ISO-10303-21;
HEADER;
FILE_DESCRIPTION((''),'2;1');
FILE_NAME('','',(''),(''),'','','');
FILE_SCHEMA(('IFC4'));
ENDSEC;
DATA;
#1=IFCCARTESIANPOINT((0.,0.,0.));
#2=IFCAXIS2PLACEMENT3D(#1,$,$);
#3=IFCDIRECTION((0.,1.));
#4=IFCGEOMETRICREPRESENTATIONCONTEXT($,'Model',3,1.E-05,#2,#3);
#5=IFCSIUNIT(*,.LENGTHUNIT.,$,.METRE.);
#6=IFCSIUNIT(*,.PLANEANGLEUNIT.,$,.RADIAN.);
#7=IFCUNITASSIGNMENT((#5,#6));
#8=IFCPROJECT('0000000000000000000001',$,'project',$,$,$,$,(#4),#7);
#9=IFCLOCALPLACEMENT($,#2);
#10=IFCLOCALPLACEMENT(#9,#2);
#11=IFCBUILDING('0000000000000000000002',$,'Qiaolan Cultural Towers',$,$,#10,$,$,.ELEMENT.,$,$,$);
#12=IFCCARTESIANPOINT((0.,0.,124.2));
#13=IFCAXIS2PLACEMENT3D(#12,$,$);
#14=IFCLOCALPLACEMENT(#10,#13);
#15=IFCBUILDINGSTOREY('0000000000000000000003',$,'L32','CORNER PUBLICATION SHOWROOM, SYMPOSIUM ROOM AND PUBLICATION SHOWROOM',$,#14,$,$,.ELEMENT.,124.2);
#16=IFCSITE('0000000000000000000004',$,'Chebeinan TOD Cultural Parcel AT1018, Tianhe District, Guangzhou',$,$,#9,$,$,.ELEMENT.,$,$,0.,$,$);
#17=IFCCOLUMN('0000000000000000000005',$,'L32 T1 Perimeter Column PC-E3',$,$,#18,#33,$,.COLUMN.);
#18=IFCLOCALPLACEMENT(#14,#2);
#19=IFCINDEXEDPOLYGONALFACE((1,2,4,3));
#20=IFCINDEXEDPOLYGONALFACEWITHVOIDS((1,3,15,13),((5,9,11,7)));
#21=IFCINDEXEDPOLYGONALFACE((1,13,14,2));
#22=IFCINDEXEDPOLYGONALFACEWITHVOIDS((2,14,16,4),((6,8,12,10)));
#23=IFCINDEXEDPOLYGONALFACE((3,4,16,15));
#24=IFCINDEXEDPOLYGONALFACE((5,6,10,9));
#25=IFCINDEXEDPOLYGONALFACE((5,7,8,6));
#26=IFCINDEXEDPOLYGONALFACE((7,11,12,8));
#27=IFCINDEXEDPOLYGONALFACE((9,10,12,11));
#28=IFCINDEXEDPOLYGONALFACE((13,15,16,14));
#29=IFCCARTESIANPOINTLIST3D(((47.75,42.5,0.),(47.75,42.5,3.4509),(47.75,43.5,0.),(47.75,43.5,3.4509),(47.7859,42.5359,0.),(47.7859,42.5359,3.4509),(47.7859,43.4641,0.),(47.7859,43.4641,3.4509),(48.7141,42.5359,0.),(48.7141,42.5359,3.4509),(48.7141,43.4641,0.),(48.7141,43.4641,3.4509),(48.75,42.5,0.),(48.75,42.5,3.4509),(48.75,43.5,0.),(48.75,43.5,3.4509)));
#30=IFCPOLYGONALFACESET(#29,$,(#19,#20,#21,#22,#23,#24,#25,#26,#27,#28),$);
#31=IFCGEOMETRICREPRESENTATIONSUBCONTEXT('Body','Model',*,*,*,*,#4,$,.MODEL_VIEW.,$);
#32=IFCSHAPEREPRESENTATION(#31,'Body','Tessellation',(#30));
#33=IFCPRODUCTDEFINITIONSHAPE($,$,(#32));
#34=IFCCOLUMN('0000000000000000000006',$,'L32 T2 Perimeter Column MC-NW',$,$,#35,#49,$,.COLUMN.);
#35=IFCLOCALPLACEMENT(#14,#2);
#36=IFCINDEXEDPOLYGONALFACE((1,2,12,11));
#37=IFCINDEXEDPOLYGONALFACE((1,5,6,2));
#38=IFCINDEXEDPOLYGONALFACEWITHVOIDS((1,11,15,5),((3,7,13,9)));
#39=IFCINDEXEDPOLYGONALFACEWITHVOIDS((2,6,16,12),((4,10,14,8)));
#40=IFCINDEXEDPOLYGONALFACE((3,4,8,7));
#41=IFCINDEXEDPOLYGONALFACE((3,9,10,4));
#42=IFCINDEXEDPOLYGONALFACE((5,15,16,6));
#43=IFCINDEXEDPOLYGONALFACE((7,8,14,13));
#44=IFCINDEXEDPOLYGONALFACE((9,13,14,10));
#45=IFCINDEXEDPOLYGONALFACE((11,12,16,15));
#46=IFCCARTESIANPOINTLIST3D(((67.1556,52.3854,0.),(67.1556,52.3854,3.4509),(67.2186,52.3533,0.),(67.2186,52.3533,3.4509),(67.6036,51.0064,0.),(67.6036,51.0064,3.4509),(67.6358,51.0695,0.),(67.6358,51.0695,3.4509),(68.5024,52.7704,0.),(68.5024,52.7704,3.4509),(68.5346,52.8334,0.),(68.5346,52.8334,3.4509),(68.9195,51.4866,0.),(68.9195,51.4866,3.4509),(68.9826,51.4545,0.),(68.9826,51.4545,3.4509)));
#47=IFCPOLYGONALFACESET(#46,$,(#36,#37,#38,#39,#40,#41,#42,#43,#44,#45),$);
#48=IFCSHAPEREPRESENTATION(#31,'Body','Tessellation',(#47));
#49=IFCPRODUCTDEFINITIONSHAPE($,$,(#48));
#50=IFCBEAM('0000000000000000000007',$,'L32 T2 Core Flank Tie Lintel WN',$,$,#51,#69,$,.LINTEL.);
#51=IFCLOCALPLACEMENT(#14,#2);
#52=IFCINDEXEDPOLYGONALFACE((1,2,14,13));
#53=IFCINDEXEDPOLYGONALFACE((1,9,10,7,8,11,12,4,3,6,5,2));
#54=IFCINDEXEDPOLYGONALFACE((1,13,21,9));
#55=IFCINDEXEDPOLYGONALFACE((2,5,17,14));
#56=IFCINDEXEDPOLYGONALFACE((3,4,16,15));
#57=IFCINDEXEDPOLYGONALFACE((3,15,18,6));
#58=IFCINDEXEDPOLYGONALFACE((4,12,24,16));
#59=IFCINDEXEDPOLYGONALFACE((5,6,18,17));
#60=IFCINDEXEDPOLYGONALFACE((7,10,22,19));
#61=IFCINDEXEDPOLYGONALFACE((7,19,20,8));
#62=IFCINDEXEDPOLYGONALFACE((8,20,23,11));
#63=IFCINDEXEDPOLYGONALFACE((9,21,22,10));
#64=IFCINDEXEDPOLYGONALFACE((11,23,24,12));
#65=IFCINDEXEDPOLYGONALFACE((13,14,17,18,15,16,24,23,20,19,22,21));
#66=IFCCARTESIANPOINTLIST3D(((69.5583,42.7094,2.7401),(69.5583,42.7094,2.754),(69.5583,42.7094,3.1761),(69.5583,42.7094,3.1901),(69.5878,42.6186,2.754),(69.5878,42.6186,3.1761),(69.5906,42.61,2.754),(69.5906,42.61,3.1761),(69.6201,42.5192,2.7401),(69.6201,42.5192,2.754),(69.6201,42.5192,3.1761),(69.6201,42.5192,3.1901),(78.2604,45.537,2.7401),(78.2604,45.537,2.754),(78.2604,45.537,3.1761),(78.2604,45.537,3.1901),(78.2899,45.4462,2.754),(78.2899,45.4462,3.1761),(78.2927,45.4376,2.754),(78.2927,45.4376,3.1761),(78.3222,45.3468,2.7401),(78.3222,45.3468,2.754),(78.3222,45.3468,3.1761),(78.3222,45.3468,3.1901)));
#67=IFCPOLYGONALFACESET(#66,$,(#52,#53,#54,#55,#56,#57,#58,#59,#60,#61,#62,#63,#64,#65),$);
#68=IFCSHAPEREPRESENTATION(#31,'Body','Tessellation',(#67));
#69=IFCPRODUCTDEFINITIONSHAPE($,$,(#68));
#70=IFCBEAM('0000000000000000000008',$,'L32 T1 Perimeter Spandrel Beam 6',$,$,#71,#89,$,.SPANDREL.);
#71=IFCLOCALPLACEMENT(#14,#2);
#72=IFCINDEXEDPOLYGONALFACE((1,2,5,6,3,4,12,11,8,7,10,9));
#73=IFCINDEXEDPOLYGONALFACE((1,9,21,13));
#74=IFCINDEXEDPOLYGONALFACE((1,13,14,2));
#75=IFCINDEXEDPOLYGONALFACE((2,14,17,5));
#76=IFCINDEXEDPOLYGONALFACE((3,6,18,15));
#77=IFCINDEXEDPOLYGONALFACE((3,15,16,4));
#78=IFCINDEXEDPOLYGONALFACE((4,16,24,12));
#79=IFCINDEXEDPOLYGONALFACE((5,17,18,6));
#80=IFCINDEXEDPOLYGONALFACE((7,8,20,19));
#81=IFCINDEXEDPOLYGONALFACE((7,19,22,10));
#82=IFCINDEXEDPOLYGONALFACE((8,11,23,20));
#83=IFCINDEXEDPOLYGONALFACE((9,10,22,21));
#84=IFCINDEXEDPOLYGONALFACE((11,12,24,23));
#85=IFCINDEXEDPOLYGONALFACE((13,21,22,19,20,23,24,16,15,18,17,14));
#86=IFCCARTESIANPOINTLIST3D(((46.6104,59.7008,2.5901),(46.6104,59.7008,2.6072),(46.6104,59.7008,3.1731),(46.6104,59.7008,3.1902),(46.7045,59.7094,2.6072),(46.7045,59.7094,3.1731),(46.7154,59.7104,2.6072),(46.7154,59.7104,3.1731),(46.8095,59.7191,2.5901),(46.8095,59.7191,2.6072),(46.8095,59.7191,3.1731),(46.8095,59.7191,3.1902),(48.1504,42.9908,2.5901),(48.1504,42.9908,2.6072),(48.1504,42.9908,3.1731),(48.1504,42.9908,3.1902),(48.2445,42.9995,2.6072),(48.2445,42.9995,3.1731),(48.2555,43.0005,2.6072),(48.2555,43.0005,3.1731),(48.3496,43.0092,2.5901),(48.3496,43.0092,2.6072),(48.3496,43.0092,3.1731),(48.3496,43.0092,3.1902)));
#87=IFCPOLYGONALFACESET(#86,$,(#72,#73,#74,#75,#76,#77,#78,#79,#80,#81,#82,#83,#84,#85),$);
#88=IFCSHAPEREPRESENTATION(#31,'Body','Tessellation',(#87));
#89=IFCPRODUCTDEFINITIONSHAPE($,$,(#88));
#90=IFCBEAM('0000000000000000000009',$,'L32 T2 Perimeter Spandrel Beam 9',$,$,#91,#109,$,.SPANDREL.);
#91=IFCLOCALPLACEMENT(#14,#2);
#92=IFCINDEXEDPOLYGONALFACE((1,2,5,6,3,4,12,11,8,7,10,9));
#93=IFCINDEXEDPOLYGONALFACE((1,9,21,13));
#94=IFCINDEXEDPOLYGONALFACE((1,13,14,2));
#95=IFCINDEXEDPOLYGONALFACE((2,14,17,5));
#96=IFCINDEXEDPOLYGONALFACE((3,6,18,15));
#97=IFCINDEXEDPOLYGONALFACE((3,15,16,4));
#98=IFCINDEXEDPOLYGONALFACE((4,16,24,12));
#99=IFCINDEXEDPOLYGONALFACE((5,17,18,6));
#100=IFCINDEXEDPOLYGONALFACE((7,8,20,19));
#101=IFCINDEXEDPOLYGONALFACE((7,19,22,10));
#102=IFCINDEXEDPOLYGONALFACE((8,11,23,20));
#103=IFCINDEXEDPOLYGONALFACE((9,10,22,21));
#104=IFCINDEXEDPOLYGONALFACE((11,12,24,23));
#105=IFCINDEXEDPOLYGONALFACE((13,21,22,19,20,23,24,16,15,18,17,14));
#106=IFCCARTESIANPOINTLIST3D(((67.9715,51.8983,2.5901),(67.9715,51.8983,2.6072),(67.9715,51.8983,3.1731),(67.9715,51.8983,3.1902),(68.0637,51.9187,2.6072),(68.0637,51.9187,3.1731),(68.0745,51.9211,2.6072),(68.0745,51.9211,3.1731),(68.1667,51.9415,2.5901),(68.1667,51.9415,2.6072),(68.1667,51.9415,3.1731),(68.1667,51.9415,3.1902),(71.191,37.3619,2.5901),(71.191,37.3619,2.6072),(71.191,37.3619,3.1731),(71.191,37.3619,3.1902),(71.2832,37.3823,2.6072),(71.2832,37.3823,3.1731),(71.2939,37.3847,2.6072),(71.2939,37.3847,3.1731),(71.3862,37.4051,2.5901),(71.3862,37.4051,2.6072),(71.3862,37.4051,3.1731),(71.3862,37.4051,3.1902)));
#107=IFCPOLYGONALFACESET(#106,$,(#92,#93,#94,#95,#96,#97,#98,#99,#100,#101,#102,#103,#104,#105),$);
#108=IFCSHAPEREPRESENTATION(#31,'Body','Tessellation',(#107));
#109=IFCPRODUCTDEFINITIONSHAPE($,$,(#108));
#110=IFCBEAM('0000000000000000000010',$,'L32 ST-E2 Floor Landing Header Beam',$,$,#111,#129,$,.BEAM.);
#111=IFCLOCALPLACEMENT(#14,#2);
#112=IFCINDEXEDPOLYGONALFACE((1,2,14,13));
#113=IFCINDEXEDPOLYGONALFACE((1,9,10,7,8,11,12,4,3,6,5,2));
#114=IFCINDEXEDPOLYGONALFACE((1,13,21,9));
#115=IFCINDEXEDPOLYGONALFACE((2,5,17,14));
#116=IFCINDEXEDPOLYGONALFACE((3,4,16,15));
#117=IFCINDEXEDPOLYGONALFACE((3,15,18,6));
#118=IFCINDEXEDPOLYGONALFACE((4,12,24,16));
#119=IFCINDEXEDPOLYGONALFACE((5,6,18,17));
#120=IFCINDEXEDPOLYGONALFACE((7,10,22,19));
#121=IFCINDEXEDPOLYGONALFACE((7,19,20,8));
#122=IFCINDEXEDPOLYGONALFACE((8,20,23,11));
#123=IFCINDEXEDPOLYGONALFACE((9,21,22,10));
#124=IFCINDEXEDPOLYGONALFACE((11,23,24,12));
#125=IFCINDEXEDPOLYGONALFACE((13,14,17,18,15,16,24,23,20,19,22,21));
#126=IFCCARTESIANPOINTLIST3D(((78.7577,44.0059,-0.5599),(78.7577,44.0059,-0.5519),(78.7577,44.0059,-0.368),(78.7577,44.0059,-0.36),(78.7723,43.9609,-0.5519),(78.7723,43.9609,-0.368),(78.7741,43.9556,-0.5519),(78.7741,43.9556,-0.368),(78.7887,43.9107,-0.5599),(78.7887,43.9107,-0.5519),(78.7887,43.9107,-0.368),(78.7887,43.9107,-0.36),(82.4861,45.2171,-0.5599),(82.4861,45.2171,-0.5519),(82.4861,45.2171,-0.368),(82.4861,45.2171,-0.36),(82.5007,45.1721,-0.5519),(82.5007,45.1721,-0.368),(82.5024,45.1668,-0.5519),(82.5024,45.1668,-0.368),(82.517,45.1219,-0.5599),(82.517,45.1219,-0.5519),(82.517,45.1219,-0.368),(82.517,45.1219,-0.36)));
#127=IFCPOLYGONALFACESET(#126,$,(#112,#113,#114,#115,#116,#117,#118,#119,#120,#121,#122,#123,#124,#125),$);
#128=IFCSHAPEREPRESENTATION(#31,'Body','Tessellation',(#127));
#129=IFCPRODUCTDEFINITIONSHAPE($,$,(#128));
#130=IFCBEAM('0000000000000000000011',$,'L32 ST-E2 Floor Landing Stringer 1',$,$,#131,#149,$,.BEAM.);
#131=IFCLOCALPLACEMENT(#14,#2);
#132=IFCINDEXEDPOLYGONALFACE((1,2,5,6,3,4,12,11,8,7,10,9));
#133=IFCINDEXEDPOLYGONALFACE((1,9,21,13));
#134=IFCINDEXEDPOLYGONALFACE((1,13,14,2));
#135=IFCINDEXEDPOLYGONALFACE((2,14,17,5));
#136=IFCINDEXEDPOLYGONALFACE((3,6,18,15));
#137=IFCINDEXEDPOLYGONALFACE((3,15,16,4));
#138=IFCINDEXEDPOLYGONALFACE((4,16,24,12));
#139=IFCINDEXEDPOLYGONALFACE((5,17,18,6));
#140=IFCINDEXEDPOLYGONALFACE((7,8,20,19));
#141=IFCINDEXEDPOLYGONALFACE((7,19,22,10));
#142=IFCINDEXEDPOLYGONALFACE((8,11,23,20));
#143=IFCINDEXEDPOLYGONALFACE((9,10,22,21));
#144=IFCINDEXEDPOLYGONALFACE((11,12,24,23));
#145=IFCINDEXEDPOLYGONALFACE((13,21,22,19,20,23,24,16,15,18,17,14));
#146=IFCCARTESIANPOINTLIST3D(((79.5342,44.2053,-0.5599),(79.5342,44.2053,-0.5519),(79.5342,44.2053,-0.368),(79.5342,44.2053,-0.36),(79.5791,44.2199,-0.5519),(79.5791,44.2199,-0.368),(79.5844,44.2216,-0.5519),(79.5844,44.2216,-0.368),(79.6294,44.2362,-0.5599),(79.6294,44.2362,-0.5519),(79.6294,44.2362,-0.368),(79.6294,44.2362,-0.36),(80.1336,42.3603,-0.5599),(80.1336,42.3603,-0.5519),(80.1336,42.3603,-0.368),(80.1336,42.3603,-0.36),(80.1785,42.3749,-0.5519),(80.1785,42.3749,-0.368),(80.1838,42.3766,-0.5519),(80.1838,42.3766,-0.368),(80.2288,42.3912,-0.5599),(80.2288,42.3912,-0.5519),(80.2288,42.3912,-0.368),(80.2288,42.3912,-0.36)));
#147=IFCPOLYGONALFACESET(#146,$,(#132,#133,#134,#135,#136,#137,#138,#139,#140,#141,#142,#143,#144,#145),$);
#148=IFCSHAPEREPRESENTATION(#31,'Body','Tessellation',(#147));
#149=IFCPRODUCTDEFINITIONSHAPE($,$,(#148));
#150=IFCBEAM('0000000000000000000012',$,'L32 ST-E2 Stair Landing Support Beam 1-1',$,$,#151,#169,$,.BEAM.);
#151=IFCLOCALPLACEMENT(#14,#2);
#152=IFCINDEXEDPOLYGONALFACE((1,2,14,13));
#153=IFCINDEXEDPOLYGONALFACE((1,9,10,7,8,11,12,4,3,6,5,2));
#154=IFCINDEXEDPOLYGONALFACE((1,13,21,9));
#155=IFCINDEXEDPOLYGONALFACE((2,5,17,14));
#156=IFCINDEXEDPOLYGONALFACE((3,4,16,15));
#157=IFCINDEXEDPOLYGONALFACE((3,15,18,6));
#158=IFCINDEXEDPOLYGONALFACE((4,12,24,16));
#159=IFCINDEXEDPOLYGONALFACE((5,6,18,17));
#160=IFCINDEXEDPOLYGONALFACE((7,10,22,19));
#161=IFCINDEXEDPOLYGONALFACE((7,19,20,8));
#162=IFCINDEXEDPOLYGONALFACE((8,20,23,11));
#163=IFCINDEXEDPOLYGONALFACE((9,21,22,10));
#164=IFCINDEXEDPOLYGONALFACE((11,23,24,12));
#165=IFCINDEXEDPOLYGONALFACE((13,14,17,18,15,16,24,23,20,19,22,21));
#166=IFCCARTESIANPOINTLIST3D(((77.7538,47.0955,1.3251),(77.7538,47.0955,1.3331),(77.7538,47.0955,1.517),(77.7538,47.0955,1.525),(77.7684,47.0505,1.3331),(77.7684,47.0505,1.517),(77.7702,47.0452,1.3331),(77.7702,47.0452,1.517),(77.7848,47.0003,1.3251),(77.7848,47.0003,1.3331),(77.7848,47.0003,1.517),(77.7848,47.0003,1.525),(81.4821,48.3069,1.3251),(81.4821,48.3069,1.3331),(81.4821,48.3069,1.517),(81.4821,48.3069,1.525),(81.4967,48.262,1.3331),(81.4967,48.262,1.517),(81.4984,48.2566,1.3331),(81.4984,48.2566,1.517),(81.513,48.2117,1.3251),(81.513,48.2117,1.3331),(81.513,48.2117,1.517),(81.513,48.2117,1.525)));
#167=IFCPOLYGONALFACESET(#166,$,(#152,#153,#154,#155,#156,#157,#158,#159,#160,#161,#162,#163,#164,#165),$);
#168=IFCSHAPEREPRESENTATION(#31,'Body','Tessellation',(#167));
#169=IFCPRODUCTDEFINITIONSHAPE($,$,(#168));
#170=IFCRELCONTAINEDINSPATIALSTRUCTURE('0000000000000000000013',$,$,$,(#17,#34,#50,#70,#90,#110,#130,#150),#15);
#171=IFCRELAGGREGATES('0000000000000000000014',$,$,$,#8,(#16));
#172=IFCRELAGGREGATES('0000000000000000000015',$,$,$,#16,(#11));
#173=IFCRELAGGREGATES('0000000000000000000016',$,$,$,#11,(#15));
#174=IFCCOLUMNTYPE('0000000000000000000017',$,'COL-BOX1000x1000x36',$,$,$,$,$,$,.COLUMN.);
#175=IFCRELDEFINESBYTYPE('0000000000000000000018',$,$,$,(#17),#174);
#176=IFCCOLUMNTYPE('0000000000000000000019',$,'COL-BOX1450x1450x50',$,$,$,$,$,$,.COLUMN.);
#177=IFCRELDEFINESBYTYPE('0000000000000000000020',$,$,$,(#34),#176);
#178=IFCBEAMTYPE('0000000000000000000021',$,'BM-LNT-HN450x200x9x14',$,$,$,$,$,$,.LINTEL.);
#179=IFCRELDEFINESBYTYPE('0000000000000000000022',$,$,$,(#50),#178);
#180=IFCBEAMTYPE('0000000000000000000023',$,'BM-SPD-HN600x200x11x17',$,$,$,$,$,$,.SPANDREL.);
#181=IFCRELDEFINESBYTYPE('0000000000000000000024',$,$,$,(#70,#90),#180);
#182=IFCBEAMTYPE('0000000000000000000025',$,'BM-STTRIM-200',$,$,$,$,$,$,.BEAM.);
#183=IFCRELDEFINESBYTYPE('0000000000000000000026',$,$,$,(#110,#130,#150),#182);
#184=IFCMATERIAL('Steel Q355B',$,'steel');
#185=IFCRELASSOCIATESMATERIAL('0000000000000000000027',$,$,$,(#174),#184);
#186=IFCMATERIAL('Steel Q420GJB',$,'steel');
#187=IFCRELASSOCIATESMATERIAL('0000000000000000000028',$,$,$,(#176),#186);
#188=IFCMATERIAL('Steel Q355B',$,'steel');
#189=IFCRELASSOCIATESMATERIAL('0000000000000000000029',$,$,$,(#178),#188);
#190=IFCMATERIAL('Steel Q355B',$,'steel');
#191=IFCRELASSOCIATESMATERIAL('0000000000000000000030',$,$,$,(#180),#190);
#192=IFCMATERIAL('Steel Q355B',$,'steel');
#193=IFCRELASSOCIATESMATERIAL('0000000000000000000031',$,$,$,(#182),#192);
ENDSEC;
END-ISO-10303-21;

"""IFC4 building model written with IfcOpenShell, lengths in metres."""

from ifc_helpers import new_model, si_unit, direction, frame, origin, origin_2d, place, context, subcontext, project, spatial, hollow_rectangle, i_section, extrude, material, material_profile, profile_set, type_object, element, save


model = new_model("IFC4")

# Units and contexts
model_context = context("Model", 3, precision=1e-05, world=origin(), true_north=direction((0.0, 1.0)))
body_context = subcontext(model_context, "Body", "Model", "MODEL_VIEW")
ifc_project = project(units=[si_unit("LENGTHUNIT", "METRE"), si_unit("PLANEANGLEUNIT", "RADIAN")], contexts=[model_context])

# Site, building, storey
site_placement = place(None, origin())
site = spatial("IfcSite", under=ifc_project, at=site_placement, Name="Chebeinan TOD Cultural Parcel AT1018, Tianhe District, Guangzhou", CompositionType="ELEMENT", RefElevation=0.0)
building_placement = place(site_placement, origin())
building = spatial("IfcBuilding", under=site, at=building_placement, Name="Qiaolan Cultural Towers", CompositionType="ELEMENT")
storey_placement = place(building_placement, frame((0.0, 0.0, 124.2)))
storey = spatial("IfcBuildingStorey", under=building, at=storey_placement, Name="L32", Description="CORNER PUBLICATION SHOWROOM, SYMPOSIUM ROOM AND PUBLICATION SHOWROOM", CompositionType="ELEMENT", Elevation=124.2)

# Columns
ifc_material_1 = material(Name="Steel Q355B", Category="steel")
ifc_material_profile_1 = material_profile(ifc_material_1, hollow_rectangle(XDim=1.0, YDim=1.0, WallThickness=0.0359, at=origin_2d()), Name="BOX1000x1000x36")
ifc_profile_set_1 = profile_set([ifc_material_profile_1], Name="Steel Q355B")
column_type_1 = type_object("IfcColumnType", Name="COL-BOX1000x1000x36", PredefinedType="COLUMN", material=ifc_profile_set_1)
column_1_placement = place(storey_placement, frame((48.25, 43.0, 0.0), z_axis=(0.0, 0.0, 1.0), x_axis=(1.0, 0.0, 0.0)))
element("IfcColumn", 1, at=column_1_placement, inside=storey, type_object=column_type_1, Name="L32 T1 Perimeter Column PC-E3", PredefinedType="COLUMN", context=body_context, shape_type="SweptSolid", body=[
    extrude(hollow_rectangle(XDim=1.0, YDim=1.0, WallThickness=0.0359, at=origin_2d()), origin(), (0.0, 0.0, 1.0), 3.4509),
])
ifc_material_2 = material(Name="Steel Q420GJB", Category="steel")
ifc_material_profile_2 = material_profile(ifc_material_2, hollow_rectangle(XDim=1.45, YDim=1.45, WallThickness=0.05, at=origin_2d()), Name="BOX1450x1450x50")
ifc_profile_set_2 = profile_set([ifc_material_profile_2], Name="Steel Q420GJB")
column_type_2 = type_object("IfcColumnType", Name="COL-BOX1450x1450x50", PredefinedType="COLUMN", material=ifc_profile_set_2)
column_2_placement = place(storey_placement, frame((68.0691, 51.9199, 0.0), z_axis=(0.0, 0.0, 1.0), x_axis=(0.951057, 0.309017, 0.0)))
element("IfcColumn", 2, at=column_2_placement, inside=storey, type_object=column_type_2, Name="L32 T2 Perimeter Column MC-NW", PredefinedType="COLUMN", context=body_context, shape_type="SweptSolid", body=[
    extrude(hollow_rectangle(XDim=1.45, YDim=1.45, WallThickness=0.05, at=origin_2d()), origin(), (0.0, 0.0, 1.0), 3.4509),
])

# Beams
ifc_material_3 = material(Name="Steel Q355B", Category="steel")
ifc_material_profile_3 = material_profile(ifc_material_3, i_section(OverallWidth=0.2, OverallDepth=0.45, WebThickness=0.009, FlangeThickness=0.0139, at=origin_2d()), Name="HN450x200x9x14")
ifc_profile_set_3 = profile_set([ifc_material_profile_3], Name="Steel Q355B")
beam_type_1 = type_object("IfcBeamType", Name="BM-LNT-HN450x200x9x14", PredefinedType="LINTEL", material=ifc_profile_set_3)
beam_1_placement = place(storey_placement, frame((78.2913, 45.4419, 2.9651), z_axis=(-0.951052, -0.309031, 0.0), x_axis=(0.309031, -0.951052, 0.0)))
element("IfcBeam", 3, at=beam_1_placement, inside=storey, type_object=beam_type_1, Name="L32 T2 Core Flank Tie Lintel WN", PredefinedType="LINTEL", context=body_context, shape_type="SweptSolid", body=[
    extrude(i_section(OverallWidth=0.2, OverallDepth=0.45, WebThickness=0.009, FlangeThickness=0.0139, at=origin_2d()), origin(), (0.0, 0.0, 1.0), 9.1499),
])
ifc_material_4 = material(Name="Steel Q355B", Category="steel")
ifc_material_profile_4 = material_profile(ifc_material_4, i_section(OverallWidth=0.2, OverallDepth=0.6001, WebThickness=0.011, FlangeThickness=0.0171, at=origin_2d()), Name="HN600x200x11x17")
ifc_profile_set_4 = profile_set([ifc_material_profile_4], Name="Steel Q355B")
beam_type_2 = type_object("IfcBeamType", Name="BM-SPD-HN600x200x11x17", PredefinedType="SPANDREL", material=ifc_profile_set_4)
beam_2_placement = place(storey_placement, frame((48.25, 43.0, 2.8901), z_axis=(-0.091774, 0.99578, 0.0), x_axis=(-0.99578, -0.091774, 0.0)))
element("IfcBeam", 4, at=beam_2_placement, inside=storey, type_object=beam_type_2, Name="L32 T1 Perimeter Spandrel Beam 6", PredefinedType="SPANDREL", context=body_context, shape_type="SweptSolid", body=[
    extrude(i_section(OverallWidth=0.2, OverallDepth=0.6001, WebThickness=0.011, FlangeThickness=0.0171, at=origin_2d()), origin(), (0.0, 0.0, 1.0), 16.7808),
])
beam_3_placement = place(storey_placement, frame((68.0691, 51.9199, 2.8901), z_axis=(0.216238, -0.976341, 0.0), x_axis=(0.976341, 0.216238, 0.0)))
element("IfcBeam", 5, at=beam_3_placement, inside=storey, type_object=beam_type_2, Name="L32 T2 Perimeter Spandrel Beam 9", PredefinedType="SPANDREL", context=body_context, shape_type="SweptSolid", body=[
    extrude(i_section(OverallWidth=0.2, OverallDepth=0.6001, WebThickness=0.011, FlangeThickness=0.0171, at=origin_2d()), origin(), (0.0, 0.0, 1.0), 14.8887),
])
ifc_material_5 = material(Name="Steel Q355B", Category="steel")
ifc_material_profile_5 = material_profile(ifc_material_5, i_section(OverallWidth=0.1001, OverallDepth=0.2, WebThickness=0.0056, FlangeThickness=0.0081, at=origin_2d()), Name="HN200x100x5.5x8")
ifc_profile_set_5 = profile_set([ifc_material_profile_5], Name="Steel Q355B")
beam_type_3 = type_object("IfcBeamType", Name="BM-STTRIM-200", PredefinedType="BEAM", material=ifc_profile_set_5)
beam_4_placement = place(storey_placement, frame((78.7732, 43.9583, -0.46), z_axis=(0.951072, 0.308969, 0.0), x_axis=(-0.308969, 0.951072, 0.0)))
element("IfcBeam", 6, at=beam_4_placement, inside=storey, type_object=beam_type_3, Name="L32 ST-E2 Floor Landing Header Beam", PredefinedType="BEAM", context=body_context, shape_type="SweptSolid", body=[
    extrude(i_section(OverallWidth=0.1001, OverallDepth=0.2, WebThickness=0.0056, FlangeThickness=0.0081, at=origin_2d()), origin(), (0.0, 0.0, 1.0), 3.9202),
])
beam_5_placement = place(storey_placement, frame((80.1812, 42.3757, -0.46), z_axis=(-0.308969, 0.951072, 0.0), x_axis=(-0.951072, -0.308969, 0.0)))
element("IfcBeam", 7, at=beam_5_placement, inside=storey, type_object=beam_type_3, Name="L32 ST-E2 Floor Landing Stringer 1", PredefinedType="BEAM", context=body_context, shape_type="SweptSolid", body=[
    extrude(i_section(OverallWidth=0.1001, OverallDepth=0.2, WebThickness=0.0056, FlangeThickness=0.0081, at=origin_2d()), origin(), (0.0, 0.0, 1.0), 1.9399),
])
for number, where, z_axis, x_axis, name in (
    (8, (77.7693, 47.0479, 1.425), (0.951054, 0.309026, 0.0), (-0.309026, 0.951054, 0.0), "L32 ST-E2 Stair Landing Support Beam 1-1"),
):
    element("IfcBeam", number, at=place(storey_placement, frame(where, z_axis=z_axis, x_axis=x_axis)), inside=storey, type_object=beam_type_3, Name=name, PredefinedType="BEAM", context=body_context, shape_type="SweptSolid", body=[
        extrude(i_section(OverallWidth=0.1001, OverallDepth=0.2, WebThickness=0.0056, FlangeThickness=0.0081, at=origin_2d()), origin(), (0.0, 0.0, 1.0), 3.9202),
    ])

save(model, "model.ifc")
